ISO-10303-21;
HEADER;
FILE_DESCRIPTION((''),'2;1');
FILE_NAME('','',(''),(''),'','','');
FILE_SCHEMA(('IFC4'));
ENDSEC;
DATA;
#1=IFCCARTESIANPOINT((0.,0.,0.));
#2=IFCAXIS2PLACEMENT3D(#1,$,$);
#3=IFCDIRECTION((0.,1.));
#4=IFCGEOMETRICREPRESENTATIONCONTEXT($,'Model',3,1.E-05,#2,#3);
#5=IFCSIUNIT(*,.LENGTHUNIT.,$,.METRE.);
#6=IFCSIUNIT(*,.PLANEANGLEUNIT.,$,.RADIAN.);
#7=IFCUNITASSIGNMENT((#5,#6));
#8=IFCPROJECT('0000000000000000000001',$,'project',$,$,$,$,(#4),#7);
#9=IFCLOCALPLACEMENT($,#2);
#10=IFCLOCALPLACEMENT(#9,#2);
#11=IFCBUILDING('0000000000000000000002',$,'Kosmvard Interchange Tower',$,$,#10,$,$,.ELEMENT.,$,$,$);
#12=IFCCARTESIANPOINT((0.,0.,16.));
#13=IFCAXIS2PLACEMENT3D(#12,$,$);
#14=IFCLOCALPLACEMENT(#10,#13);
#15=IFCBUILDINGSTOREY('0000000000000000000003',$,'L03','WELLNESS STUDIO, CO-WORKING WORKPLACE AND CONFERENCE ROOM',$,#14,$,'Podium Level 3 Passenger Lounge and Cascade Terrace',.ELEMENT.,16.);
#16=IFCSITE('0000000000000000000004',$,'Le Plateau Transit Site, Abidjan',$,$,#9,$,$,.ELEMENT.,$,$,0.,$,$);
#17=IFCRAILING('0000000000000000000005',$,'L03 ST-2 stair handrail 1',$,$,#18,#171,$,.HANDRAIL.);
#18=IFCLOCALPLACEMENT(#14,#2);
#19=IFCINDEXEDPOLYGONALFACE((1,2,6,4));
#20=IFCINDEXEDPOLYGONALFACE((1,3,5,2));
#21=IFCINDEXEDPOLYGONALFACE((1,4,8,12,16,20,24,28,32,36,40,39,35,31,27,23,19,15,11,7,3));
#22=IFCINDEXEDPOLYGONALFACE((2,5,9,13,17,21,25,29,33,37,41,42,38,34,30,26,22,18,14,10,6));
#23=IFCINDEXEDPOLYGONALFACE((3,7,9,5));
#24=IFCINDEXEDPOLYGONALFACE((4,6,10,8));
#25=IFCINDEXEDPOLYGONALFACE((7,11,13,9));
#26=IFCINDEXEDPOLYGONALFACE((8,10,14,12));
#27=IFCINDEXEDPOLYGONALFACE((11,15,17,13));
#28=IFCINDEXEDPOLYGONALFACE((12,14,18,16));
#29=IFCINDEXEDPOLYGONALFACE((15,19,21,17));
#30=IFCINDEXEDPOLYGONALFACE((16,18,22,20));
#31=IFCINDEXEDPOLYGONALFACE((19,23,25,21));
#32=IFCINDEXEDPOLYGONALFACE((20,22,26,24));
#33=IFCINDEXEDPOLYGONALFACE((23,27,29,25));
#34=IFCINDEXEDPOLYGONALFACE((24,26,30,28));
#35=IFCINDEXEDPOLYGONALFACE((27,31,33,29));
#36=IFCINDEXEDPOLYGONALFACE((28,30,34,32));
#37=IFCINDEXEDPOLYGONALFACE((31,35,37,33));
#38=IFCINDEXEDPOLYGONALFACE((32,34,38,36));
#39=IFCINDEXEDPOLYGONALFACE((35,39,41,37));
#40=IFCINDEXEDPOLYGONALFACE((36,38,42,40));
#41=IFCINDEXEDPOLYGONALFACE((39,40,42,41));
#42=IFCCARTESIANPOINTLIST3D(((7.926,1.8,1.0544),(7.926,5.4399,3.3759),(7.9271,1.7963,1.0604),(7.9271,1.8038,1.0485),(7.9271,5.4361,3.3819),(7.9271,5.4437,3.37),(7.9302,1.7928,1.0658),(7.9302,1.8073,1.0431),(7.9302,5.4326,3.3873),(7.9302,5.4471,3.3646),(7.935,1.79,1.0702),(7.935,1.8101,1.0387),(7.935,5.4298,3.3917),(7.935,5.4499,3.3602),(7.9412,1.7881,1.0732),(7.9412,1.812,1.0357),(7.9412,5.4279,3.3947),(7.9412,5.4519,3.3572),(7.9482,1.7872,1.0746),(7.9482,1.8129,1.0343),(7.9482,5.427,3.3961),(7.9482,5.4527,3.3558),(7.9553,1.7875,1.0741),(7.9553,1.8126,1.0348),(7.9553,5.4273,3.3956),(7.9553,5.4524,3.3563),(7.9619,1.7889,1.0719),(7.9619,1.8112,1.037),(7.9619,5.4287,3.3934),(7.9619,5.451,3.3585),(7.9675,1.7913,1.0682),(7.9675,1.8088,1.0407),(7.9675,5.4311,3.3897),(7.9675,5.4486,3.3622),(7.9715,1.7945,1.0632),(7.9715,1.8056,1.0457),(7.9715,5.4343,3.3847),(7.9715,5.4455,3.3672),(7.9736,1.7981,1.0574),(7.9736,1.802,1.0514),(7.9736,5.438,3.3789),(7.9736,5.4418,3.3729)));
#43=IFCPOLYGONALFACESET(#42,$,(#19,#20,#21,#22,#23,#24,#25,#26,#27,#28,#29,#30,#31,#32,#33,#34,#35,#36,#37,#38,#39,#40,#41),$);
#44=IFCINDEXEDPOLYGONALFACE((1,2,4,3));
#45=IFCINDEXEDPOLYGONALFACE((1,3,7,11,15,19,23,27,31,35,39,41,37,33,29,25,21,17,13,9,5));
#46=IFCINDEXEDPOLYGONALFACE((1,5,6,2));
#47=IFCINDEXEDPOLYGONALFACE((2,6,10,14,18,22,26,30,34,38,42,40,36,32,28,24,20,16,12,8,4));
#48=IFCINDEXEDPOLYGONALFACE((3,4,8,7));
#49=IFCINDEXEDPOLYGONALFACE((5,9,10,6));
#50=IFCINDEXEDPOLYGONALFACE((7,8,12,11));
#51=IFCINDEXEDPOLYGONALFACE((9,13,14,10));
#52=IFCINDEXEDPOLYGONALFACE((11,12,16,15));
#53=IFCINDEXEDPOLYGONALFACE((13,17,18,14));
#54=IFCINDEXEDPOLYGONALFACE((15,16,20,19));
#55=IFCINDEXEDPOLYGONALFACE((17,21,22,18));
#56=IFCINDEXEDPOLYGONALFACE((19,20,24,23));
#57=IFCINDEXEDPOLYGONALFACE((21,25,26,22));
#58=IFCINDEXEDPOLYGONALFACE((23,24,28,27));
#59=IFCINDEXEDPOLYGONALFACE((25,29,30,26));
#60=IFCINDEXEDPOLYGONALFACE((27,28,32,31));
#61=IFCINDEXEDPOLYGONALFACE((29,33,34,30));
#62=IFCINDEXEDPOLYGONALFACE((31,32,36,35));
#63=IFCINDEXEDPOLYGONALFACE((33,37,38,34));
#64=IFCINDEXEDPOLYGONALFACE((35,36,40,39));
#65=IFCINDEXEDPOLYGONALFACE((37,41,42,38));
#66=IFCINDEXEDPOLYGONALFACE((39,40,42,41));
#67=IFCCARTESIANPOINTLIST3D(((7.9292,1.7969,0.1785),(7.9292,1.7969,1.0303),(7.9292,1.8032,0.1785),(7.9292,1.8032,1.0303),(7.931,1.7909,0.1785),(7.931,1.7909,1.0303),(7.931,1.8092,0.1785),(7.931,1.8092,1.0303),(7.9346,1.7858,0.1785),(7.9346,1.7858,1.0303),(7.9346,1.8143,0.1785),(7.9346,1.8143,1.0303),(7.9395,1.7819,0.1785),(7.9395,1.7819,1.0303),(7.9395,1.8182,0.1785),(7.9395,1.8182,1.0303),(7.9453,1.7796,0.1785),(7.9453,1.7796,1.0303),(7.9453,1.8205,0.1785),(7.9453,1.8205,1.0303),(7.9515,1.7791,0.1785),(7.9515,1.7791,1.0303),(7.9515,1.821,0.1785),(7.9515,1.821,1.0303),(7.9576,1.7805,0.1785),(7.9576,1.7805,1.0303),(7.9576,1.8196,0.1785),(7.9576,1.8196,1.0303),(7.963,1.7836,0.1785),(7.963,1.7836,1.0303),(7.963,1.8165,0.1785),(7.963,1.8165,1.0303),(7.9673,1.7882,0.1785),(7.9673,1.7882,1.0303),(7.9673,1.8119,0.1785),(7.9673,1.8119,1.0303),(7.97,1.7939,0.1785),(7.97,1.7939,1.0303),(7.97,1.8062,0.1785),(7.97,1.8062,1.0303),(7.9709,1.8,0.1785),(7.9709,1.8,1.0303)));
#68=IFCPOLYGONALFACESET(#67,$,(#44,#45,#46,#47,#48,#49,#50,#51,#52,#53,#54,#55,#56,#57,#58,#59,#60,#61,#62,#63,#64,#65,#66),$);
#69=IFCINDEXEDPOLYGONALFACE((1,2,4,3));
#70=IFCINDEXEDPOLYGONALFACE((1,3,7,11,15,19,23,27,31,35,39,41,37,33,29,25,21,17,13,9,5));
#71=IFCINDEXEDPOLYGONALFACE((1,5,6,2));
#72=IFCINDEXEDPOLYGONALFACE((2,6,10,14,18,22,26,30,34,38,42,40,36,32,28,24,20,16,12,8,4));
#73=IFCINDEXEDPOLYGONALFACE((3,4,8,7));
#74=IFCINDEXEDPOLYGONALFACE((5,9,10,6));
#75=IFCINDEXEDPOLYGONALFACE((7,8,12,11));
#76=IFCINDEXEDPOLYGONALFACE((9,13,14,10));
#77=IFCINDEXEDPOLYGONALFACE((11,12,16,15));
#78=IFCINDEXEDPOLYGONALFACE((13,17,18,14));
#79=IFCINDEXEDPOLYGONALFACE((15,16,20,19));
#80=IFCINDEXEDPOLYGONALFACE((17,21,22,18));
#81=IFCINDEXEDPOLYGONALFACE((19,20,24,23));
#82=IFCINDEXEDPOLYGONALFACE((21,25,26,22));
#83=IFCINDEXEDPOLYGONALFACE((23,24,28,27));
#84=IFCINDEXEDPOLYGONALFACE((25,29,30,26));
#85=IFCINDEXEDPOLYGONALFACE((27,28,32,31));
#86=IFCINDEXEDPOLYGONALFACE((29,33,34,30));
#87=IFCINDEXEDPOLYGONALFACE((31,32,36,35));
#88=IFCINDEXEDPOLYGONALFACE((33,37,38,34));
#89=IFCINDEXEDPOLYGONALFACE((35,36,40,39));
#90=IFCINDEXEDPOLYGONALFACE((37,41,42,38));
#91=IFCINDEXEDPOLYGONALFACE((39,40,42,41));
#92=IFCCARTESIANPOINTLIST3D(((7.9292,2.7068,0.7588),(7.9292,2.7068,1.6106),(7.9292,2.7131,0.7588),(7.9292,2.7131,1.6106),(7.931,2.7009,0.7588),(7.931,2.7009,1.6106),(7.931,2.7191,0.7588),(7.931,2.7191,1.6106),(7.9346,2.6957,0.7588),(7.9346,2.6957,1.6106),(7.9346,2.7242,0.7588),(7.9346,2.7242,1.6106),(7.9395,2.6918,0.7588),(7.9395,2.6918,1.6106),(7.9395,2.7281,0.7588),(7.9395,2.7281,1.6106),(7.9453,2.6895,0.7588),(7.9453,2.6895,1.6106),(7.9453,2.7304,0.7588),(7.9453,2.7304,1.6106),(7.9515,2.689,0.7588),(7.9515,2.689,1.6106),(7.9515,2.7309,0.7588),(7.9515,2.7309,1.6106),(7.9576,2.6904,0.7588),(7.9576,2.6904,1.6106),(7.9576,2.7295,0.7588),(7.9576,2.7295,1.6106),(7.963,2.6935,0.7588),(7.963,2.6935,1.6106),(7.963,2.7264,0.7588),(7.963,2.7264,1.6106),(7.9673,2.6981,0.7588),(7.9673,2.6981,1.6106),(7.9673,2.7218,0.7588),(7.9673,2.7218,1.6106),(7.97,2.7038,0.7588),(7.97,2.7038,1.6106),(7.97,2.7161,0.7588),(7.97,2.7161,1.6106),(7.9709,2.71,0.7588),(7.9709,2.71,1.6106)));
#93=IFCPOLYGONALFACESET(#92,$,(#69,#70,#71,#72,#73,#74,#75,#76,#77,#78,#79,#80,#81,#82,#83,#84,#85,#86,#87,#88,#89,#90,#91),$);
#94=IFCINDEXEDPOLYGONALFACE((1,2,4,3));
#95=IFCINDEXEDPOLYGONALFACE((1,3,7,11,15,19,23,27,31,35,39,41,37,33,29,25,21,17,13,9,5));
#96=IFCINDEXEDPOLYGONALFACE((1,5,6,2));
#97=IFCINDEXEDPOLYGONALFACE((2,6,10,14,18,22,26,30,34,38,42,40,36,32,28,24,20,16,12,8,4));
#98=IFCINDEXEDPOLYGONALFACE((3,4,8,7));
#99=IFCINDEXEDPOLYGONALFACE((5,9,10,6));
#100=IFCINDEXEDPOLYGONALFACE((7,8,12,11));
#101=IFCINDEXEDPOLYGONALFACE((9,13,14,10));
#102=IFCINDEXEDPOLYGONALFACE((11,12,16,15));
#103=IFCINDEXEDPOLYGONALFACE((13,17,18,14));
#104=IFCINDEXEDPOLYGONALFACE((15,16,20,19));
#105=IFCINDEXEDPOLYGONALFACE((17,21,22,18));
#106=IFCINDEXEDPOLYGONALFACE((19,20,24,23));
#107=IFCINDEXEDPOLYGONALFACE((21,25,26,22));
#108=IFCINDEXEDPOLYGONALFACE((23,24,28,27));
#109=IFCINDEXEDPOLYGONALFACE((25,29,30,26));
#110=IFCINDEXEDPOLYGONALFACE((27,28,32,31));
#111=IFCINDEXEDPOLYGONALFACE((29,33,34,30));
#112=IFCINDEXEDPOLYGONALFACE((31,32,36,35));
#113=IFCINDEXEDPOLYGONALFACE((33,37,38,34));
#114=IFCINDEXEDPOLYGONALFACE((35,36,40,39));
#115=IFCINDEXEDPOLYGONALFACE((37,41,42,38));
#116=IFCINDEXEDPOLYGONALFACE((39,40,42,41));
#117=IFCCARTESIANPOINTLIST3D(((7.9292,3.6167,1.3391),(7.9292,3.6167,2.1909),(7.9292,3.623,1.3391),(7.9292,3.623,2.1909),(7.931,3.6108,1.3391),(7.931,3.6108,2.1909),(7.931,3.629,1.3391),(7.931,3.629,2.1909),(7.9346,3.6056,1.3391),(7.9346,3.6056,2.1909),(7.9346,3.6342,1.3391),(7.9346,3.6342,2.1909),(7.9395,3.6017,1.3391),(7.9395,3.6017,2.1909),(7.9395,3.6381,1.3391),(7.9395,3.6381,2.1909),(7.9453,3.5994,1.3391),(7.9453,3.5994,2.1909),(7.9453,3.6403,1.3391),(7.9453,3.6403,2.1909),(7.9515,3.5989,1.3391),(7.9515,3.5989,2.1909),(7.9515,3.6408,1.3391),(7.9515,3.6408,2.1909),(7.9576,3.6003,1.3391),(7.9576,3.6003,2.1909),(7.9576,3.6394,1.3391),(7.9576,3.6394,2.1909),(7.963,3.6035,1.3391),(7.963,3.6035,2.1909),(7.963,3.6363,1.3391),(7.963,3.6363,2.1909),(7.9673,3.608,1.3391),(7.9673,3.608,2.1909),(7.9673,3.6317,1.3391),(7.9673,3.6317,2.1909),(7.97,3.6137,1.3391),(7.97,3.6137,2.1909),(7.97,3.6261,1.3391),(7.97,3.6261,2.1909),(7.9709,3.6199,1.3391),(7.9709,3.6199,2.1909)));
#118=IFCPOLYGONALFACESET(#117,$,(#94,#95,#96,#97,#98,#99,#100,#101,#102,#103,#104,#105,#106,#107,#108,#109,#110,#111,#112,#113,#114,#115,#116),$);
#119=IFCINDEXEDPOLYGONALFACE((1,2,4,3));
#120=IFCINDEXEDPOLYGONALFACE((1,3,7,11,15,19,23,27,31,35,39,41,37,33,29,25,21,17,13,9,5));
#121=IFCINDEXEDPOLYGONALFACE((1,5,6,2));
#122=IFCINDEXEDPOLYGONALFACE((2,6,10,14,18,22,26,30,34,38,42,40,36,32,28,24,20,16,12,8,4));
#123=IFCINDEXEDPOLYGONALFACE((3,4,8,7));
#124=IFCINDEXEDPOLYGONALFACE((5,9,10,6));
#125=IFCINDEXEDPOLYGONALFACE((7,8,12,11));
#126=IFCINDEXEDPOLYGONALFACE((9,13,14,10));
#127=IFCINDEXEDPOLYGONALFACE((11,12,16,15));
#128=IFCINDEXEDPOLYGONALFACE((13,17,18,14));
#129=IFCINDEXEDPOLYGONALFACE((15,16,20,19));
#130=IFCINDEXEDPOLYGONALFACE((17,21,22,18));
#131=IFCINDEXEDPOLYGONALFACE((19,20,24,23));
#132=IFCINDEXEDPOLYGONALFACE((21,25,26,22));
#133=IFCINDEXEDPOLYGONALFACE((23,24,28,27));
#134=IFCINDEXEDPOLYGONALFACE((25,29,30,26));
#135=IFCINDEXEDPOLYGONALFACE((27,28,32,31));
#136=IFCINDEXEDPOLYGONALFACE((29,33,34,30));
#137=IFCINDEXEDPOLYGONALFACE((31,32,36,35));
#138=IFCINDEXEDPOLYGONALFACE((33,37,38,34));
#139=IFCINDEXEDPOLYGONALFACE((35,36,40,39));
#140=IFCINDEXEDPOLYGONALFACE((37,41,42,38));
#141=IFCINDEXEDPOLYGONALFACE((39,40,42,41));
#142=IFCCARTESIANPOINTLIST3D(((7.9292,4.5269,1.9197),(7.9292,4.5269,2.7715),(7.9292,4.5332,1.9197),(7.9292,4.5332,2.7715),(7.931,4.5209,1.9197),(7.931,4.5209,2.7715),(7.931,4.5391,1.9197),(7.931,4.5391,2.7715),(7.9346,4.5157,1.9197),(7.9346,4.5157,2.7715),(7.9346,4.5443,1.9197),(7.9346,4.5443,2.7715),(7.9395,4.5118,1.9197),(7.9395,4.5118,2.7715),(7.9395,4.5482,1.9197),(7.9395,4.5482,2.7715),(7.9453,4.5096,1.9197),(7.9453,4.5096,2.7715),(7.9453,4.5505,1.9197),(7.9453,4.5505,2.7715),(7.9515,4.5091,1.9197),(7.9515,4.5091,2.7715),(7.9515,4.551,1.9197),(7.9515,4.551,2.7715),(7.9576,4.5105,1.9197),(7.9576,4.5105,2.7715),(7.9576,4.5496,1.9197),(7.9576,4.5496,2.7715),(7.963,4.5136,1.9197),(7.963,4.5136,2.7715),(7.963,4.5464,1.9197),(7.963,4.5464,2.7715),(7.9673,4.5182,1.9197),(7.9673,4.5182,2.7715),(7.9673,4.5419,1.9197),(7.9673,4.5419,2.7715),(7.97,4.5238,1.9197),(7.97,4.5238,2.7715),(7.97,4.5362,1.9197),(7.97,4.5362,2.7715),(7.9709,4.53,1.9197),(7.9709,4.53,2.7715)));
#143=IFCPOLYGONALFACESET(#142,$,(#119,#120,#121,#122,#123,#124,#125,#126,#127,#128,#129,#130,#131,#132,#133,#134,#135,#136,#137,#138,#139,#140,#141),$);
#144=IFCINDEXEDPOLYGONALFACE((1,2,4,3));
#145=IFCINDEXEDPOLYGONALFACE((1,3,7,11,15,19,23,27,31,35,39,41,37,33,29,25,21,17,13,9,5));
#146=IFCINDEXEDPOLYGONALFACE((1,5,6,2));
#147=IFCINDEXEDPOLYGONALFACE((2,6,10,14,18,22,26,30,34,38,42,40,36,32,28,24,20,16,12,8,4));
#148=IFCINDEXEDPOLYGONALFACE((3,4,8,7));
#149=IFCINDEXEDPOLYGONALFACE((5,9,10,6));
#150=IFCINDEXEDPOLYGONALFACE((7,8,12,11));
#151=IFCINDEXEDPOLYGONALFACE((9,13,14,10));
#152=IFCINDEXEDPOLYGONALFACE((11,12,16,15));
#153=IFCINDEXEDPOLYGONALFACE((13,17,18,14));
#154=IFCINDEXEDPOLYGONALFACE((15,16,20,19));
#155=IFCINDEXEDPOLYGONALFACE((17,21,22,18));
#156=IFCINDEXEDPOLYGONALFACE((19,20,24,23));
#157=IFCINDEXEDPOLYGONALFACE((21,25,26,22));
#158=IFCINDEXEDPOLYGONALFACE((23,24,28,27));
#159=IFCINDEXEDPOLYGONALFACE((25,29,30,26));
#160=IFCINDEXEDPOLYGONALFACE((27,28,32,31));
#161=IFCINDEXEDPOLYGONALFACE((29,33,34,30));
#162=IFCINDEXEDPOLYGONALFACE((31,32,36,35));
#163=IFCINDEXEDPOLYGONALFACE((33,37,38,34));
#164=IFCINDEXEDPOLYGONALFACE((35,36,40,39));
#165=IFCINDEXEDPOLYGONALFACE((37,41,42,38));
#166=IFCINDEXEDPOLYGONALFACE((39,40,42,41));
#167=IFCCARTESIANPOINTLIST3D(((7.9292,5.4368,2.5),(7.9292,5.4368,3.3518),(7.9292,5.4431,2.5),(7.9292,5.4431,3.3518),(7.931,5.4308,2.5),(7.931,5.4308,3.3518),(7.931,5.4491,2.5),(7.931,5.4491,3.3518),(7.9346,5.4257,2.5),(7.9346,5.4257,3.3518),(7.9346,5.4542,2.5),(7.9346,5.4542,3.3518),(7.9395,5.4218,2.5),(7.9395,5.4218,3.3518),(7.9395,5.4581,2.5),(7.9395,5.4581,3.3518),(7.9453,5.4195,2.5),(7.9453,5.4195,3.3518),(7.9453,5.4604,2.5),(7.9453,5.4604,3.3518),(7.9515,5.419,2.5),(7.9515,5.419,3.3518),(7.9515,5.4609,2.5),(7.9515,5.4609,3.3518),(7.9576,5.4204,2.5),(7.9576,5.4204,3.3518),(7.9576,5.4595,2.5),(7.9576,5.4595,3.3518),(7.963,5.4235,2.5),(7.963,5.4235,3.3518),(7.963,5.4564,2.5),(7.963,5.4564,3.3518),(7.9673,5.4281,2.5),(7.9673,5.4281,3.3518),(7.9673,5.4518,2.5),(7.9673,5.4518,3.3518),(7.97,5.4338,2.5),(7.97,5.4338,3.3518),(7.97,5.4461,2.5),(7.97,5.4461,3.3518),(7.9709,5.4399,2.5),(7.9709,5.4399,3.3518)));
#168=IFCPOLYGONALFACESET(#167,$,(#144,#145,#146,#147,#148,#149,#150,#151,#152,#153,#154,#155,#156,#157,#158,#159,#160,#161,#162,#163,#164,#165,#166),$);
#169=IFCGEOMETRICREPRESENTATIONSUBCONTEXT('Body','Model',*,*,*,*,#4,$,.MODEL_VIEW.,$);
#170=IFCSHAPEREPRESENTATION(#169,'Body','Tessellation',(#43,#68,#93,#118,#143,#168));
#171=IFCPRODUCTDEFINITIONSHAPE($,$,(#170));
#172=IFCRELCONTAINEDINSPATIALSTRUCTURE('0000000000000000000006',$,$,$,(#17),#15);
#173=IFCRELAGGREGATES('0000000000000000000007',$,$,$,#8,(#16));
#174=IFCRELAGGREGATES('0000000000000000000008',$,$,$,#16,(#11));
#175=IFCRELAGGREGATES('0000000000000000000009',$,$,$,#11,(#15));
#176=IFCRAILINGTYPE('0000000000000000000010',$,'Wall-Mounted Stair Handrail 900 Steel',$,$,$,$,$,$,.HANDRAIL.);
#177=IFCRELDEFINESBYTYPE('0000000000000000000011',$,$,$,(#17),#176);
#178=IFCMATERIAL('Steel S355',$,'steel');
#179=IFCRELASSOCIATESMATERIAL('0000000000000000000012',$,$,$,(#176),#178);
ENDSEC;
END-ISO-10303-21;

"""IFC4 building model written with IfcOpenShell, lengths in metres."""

from ifc_helpers import new_model, si_unit, direction, frame, origin, origin_2d, place, context, subcontext, project, spatial, circle, extrude, source, transform, mapped, material, type_object, element, save


model = new_model("IFC4")

# Units and contexts
model_context = context("Model", 3, precision=1e-05, world=origin(), true_north=direction((0.0, 1.0)))
body_context = subcontext(model_context, "Body", "Model", "MODEL_VIEW")
ifc_project = project(units=[si_unit("LENGTHUNIT", "METRE"), si_unit("PLANEANGLEUNIT", "RADIAN")], contexts=[model_context])

# Site, building, storey
site_placement = place(None, origin())
site = spatial("IfcSite", under=ifc_project, at=site_placement, Name="Le Plateau Transit Site, Abidjan", CompositionType="ELEMENT", RefElevation=0.0)
building_placement = place(site_placement, origin())
building = spatial("IfcBuilding", under=site, at=building_placement, Name="Kosmvard Interchange Tower", CompositionType="ELEMENT")
storey_placement = place(building_placement, frame((0.0, 0.0, 16.0)))
storey = spatial("IfcBuildingStorey", under=building, at=storey_placement, Name="L03", Description="WELLNESS STUDIO, CO-WORKING WORKPLACE AND CONFERENCE ROOM", LongName="Podium Level 3 Passenger Lounge and Cascade Terrace", CompositionType="ELEMENT", Elevation=16.0)

# Shared definitions
ifc_material_1 = material(Name="Steel S355", Category="steel")

# Railing
railing_type_1 = type_object("IfcRailingType", Name="Wall-Mounted Stair Handrail 900 Steel", PredefinedType="HANDRAIL", material=ifc_material_1)
shared_shape_1 = source(origin(), body_context, "Body", "SweptSolid", [
    extrude(circle(Radius=0.0239, at=origin_2d()), frame((0.0, 0.0, 0.876), z_axis=(0.0, 0.843112, 0.537739), x_axis=(-1.0, 0.0, 0.0)), (0.0, 0.0, 1.0), 4.3171),
    extrude(circle(Radius=0.021, at=origin_2d()), origin(), (0.0, 0.0, 1.0), 0.8518),
    extrude(circle(Radius=0.021, at=origin_2d()), frame((0.0, 0.9099, 0.5803)), (0.0, 0.0, 1.0), 0.8518),
    extrude(circle(Radius=0.021, at=origin_2d()), frame((0.0, 1.8198, 1.1606)), (0.0, 0.0, 1.0), 0.8518),
    extrude(circle(Radius=0.021, at=origin_2d()), frame((0.0, 2.73, 1.7412)), (0.0, 0.0, 1.0), 0.8518),
    extrude(circle(Radius=0.021, at=origin_2d()), frame((0.0, 3.6399, 2.3215)), (0.0, 0.0, 1.0), 0.8518),
])
railing_1_placement = place(storey_placement, frame((7.95, 1.8, 0.1785)))
element("IfcRailing", 1, at=railing_1_placement, inside=storey, type_object=railing_type_1, Name="L03 ST-2 stair handrail 1", PredefinedType="HANDRAIL", context=body_context, shape_type="MappedRepresentation", body=[
    mapped(shared_shape_1, transform((0.0, 0.0, 0.0), scale=1.0)),
])

save(model, "model.ifc")
